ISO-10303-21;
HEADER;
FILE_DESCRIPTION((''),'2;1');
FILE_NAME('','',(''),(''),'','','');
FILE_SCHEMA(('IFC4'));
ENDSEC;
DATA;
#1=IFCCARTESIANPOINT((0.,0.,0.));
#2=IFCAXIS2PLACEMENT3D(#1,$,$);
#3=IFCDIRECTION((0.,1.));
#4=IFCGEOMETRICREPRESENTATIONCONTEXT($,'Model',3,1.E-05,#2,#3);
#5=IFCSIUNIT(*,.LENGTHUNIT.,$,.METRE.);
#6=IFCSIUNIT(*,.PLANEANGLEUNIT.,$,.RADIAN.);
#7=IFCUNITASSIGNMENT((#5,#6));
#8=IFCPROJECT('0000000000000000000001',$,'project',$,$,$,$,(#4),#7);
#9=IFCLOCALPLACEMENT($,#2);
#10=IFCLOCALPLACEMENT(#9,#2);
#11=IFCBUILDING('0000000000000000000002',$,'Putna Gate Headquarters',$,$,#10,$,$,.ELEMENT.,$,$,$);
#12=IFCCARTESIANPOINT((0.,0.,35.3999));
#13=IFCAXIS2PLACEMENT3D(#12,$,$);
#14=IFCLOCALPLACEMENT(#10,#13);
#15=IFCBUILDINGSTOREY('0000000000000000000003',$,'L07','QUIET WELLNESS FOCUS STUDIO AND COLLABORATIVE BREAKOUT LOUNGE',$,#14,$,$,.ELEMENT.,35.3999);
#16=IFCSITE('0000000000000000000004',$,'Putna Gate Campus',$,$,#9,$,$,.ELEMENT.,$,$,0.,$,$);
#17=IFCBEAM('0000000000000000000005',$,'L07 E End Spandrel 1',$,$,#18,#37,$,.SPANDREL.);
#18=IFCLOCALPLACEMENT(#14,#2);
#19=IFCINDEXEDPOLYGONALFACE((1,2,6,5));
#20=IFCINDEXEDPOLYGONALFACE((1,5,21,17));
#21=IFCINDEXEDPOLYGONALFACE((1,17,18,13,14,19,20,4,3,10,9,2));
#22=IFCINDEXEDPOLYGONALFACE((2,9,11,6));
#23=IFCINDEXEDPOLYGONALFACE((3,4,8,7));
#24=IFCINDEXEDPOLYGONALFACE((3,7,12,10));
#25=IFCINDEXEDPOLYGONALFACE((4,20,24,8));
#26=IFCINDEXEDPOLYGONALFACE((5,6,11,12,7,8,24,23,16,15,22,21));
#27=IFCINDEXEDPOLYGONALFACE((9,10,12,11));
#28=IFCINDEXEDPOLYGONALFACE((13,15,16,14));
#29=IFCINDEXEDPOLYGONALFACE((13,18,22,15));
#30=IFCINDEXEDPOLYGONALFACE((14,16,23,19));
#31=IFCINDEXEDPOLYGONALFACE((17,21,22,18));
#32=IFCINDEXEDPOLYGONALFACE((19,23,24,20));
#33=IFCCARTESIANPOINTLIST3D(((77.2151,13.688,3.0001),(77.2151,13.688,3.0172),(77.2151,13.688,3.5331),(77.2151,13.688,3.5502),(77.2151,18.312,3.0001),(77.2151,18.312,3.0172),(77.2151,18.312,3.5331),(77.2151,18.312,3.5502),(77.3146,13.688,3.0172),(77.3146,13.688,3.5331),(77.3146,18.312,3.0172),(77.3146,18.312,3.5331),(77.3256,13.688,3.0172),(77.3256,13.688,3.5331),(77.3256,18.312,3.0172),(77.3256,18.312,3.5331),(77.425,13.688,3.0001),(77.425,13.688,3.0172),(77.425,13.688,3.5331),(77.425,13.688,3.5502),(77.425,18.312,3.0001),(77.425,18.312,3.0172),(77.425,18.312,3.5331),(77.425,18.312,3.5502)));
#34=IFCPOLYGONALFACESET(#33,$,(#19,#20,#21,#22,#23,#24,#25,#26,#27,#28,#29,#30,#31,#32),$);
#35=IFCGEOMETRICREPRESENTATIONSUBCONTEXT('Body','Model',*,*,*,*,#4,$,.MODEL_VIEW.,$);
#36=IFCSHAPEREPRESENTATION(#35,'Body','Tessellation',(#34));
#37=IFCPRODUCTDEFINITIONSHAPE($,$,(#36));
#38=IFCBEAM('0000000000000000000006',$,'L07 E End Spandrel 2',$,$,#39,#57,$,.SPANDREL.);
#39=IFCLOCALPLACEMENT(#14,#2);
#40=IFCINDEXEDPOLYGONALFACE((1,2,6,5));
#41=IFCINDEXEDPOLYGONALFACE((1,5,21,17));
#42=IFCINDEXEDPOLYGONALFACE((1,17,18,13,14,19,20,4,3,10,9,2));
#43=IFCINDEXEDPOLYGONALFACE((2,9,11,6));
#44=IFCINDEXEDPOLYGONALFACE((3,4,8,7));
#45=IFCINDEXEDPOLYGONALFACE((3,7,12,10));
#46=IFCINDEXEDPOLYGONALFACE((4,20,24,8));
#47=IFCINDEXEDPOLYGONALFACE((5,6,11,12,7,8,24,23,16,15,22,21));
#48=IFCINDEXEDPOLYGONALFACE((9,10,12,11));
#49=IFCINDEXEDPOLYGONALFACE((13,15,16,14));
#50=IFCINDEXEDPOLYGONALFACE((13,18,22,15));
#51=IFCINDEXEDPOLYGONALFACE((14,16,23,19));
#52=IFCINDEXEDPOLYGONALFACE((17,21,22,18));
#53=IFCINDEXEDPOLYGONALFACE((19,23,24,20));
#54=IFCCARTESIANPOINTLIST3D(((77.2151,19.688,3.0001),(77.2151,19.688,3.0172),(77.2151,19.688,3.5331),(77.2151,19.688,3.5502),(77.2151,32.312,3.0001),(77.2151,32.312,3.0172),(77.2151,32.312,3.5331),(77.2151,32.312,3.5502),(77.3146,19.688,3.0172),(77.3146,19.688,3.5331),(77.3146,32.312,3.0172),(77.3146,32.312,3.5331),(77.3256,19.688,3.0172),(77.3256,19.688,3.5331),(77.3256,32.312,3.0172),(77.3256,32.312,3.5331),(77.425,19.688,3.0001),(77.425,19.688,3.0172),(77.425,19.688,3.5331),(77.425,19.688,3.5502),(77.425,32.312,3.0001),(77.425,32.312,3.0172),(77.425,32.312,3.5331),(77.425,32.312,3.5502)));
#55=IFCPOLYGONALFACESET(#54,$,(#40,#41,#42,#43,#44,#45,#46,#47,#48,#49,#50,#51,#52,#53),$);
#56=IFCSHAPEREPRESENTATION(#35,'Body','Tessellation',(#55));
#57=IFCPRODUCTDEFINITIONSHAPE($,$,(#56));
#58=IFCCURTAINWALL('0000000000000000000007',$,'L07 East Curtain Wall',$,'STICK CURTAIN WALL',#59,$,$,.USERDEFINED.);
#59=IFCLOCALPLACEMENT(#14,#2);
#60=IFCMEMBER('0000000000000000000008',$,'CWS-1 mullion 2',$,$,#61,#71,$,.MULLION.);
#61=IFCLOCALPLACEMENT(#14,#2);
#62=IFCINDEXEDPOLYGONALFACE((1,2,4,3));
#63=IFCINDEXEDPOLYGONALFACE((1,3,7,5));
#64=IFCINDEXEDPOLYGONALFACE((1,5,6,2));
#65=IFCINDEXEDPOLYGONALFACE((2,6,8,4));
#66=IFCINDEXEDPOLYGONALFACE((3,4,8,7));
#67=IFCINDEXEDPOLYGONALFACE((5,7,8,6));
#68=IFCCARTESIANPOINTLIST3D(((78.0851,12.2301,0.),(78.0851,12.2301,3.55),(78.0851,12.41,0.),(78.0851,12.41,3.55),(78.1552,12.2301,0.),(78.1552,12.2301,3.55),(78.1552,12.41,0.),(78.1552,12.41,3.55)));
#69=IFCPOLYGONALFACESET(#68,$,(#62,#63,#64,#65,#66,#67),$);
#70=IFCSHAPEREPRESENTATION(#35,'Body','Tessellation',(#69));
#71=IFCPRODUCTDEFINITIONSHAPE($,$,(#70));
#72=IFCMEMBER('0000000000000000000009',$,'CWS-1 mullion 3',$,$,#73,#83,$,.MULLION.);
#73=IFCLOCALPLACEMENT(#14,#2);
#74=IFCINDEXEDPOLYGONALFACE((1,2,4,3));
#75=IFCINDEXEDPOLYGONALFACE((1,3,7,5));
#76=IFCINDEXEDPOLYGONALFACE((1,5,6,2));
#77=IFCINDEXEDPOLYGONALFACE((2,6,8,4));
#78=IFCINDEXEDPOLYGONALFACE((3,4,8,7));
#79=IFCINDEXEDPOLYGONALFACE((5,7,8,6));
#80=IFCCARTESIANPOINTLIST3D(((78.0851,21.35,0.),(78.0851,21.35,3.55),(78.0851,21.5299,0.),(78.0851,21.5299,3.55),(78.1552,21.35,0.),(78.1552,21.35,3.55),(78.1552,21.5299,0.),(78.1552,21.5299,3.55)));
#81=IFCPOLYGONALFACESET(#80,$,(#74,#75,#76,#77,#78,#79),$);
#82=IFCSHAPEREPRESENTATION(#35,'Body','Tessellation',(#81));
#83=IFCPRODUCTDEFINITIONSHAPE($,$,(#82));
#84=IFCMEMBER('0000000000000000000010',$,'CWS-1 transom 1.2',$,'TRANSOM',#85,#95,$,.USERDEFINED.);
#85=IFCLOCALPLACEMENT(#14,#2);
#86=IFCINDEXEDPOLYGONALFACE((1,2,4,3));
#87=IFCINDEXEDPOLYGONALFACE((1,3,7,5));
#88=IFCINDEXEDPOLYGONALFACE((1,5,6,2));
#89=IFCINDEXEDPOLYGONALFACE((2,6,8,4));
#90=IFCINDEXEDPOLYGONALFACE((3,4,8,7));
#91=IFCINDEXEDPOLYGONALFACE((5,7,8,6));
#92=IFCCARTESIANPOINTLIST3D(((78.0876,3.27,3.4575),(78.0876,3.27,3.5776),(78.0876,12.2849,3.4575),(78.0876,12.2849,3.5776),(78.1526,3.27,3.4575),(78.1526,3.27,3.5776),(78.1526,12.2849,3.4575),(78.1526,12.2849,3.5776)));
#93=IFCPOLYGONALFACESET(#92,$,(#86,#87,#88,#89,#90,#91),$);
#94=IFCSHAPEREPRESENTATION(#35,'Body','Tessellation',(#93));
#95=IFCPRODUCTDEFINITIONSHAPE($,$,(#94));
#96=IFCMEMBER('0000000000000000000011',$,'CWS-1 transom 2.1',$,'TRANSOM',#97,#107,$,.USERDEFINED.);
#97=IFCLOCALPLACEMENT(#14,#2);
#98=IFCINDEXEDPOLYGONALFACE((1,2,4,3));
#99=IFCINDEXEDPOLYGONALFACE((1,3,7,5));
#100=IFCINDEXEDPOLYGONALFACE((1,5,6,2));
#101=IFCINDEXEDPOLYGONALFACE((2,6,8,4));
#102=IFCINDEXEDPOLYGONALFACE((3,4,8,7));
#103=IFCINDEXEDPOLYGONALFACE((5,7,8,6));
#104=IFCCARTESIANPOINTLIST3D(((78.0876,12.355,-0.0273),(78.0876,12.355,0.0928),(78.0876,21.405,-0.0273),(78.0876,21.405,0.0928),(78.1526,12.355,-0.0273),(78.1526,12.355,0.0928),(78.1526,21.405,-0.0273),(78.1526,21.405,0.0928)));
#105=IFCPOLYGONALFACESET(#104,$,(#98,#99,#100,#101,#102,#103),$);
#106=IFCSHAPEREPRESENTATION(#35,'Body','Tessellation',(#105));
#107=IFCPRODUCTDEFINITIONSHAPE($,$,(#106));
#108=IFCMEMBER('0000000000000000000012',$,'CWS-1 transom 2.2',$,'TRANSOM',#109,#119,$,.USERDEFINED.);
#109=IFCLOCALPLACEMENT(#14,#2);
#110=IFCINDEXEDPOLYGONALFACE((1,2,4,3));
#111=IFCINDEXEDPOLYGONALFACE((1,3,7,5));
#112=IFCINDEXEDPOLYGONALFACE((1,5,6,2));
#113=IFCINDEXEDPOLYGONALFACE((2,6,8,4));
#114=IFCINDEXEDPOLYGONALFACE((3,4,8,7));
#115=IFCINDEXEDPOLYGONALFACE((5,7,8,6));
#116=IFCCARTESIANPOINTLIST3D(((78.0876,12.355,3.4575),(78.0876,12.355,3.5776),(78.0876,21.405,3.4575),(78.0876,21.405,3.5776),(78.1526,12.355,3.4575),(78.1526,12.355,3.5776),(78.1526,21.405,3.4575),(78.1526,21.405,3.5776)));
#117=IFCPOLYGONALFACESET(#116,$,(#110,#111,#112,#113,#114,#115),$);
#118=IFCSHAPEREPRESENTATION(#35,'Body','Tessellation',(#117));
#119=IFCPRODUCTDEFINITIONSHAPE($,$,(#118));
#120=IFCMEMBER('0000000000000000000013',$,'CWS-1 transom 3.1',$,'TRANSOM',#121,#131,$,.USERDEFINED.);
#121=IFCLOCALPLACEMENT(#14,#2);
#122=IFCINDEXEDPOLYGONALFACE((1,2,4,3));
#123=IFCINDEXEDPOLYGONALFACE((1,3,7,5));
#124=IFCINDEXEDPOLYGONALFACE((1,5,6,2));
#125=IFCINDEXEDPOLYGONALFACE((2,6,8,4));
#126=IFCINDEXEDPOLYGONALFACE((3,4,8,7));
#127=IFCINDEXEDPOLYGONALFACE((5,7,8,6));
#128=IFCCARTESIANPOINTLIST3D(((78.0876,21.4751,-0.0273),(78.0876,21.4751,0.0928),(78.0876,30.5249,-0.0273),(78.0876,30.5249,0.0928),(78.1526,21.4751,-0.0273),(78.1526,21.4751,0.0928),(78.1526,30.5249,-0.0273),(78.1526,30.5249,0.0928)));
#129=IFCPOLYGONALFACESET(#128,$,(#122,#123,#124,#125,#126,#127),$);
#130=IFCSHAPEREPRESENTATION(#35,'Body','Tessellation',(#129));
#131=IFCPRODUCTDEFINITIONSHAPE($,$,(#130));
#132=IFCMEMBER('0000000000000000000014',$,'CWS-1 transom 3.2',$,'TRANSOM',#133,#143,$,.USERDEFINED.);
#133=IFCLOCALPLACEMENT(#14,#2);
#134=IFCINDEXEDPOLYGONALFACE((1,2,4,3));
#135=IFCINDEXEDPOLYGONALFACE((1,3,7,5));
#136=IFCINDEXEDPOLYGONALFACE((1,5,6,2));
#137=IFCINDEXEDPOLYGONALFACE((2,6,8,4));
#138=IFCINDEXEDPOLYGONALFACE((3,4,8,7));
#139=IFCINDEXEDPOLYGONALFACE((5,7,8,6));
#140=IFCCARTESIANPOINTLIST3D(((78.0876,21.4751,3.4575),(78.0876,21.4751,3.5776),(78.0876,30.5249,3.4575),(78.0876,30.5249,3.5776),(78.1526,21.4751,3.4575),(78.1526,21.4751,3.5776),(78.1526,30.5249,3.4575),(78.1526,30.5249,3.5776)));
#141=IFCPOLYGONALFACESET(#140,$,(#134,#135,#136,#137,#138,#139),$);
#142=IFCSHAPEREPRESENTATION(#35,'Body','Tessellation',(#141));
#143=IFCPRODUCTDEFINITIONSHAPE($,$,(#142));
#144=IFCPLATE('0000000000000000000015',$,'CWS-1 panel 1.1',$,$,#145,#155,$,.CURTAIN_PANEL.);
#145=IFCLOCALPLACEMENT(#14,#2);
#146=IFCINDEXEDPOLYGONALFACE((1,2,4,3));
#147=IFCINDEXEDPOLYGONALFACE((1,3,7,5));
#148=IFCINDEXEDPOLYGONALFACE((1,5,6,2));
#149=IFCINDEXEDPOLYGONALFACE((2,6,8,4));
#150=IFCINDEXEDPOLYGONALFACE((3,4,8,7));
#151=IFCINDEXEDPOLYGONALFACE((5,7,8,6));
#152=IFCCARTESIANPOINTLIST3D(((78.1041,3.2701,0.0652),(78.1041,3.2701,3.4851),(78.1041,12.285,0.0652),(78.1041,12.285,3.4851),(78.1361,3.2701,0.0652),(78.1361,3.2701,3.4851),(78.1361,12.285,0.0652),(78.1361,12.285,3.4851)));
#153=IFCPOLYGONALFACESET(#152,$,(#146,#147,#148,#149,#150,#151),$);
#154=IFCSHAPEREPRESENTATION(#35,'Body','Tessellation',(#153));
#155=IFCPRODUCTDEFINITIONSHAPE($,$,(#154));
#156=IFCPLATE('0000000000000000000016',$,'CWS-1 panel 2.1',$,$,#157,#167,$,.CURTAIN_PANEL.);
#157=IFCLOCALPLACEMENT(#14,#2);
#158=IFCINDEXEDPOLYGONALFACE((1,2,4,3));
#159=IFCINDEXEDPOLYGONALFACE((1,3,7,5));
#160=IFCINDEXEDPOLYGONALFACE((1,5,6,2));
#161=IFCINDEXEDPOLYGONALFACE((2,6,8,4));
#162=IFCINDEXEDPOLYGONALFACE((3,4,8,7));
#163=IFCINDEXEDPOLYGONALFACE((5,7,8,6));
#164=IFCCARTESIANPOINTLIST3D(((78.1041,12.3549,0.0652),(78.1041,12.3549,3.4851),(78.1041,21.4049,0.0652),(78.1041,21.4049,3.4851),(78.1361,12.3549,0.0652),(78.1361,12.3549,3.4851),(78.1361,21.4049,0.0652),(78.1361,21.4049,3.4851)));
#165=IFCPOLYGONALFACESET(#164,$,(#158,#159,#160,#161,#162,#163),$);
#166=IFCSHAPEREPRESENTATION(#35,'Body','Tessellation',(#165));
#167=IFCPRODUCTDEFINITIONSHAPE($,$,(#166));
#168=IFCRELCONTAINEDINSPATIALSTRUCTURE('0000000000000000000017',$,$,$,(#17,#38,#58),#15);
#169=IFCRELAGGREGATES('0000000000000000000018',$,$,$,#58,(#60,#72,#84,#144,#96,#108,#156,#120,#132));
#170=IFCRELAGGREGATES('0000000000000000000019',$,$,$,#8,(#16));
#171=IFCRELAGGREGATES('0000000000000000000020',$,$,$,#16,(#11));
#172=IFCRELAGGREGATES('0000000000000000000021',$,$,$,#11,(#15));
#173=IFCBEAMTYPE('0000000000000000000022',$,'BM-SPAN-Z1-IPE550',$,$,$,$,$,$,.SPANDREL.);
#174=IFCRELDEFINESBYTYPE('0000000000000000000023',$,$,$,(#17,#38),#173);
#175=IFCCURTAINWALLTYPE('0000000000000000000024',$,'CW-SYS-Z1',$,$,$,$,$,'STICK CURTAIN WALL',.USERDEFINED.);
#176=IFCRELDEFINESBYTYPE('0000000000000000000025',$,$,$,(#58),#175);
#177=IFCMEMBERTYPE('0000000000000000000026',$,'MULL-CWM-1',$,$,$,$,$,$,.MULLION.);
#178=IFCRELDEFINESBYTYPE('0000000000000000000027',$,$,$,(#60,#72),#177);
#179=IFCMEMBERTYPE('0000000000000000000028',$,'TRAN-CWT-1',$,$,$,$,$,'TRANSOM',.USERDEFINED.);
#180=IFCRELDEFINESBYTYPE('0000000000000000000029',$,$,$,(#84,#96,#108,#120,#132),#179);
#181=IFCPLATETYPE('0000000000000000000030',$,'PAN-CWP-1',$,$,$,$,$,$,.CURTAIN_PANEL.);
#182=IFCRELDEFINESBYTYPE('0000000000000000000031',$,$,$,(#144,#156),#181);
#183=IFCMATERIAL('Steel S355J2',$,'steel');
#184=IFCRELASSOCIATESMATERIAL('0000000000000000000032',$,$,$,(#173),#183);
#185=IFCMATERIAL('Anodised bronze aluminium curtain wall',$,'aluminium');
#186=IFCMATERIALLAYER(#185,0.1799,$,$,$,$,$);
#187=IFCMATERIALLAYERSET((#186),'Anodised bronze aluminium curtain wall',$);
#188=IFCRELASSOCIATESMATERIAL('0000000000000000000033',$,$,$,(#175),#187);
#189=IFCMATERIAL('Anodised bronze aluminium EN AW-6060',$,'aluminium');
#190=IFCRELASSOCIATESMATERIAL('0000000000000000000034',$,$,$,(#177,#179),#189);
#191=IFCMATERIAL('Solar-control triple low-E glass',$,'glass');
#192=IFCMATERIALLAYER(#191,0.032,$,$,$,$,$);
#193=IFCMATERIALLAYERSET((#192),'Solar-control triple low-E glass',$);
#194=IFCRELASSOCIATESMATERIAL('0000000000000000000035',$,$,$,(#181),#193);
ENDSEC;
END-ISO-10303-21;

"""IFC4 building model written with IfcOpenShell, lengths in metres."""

from ifc_helpers import new_model, si_unit, direction, frame, origin, origin_2d, place, context, subcontext, project, spatial, rectangle, i_section, extrude, material, layer, layer_set, material_profile, profile_set, type_object, element, aggregate, save


model = new_model("IFC4")

# Units and contexts
model_context = context("Model", 3, precision=1e-05, world=origin(), true_north=direction((0.0, 1.0)))
body_context = subcontext(model_context, "Body", "Model", "MODEL_VIEW")
ifc_project = project(units=[si_unit("LENGTHUNIT", "METRE"), si_unit("PLANEANGLEUNIT", "RADIAN")], contexts=[model_context])

# Site, building, storey
site_placement = place(None, origin())
site = spatial("IfcSite", under=ifc_project, at=site_placement, Name="Putna Gate Campus", CompositionType="ELEMENT", RefElevation=0.0)
building_placement = place(site_placement, origin())
building = spatial("IfcBuilding", under=site, at=building_placement, Name="Putna Gate Headquarters", CompositionType="ELEMENT")
storey_placement = place(building_placement, frame((0.0, 0.0, 35.3999)))
storey = spatial("IfcBuildingStorey", under=building, at=storey_placement, Name="L07", Description="QUIET WELLNESS FOCUS STUDIO AND COLLABORATIVE BREAKOUT LOUNGE", CompositionType="ELEMENT", Elevation=35.3999)

# Beams
ifc_material_1 = material(Name="Steel S355J2", Category="steel")
ifc_material_profile_1 = material_profile(ifc_material_1, i_section(OverallWidth=0.21, OverallDepth=0.55, WebThickness=0.011, FlangeThickness=0.0171, at=origin_2d()), Name="Steel S355J2")
ifc_profile_set_1 = profile_set([ifc_material_profile_1], Name="Steel S355J2")
beam_type_1 = type_object("IfcBeamType", Name="BM-SPAN-Z1-IPE550", PredefinedType="SPANDREL", material=ifc_profile_set_1)
beam_1_placement = place(storey_placement, frame((77.3201, 13.688, 3.2751), z_axis=(0.0, 1.0, 0.0), x_axis=(-1.0, 0.0, 0.0)))
element("IfcBeam", 1, at=beam_1_placement, inside=storey, type_object=beam_type_1, Name="L07 E End Spandrel 1", PredefinedType="SPANDREL", context=body_context, shape_type="SweptSolid", body=[
    extrude(i_section(OverallWidth=0.21, OverallDepth=0.55, WebThickness=0.011, FlangeThickness=0.0171, at=origin_2d()), origin(), (0.0, 0.0, 1.0), 4.624),
])
beam_2_placement = place(storey_placement, frame((77.3201, 19.688, 3.2751), z_axis=(0.0, 1.0, 0.0), x_axis=(-1.0, 0.0, 0.0)))
element("IfcBeam", 2, at=beam_2_placement, inside=storey, type_object=beam_type_1, Name="L07 E End Spandrel 2", PredefinedType="SPANDREL", context=body_context, shape_type="SweptSolid", body=[
    extrude(i_section(OverallWidth=0.21, OverallDepth=0.55, WebThickness=0.011, FlangeThickness=0.0171, at=origin_2d()), origin(), (0.0, 0.0, 1.0), 12.624),
])

# Curtain wall, members, plates
ifc_material_2 = material(Name="Anodised bronze aluminium curtain wall", Category="aluminium")
ifc_layer_1 = layer(ifc_material_2, 0.1799)
ifc_layer_set_1 = layer_set([ifc_layer_1], Name="Anodised bronze aluminium curtain wall")
curtain_wall_type = type_object("IfcCurtainWallType", Name="CW-SYS-Z1", ElementType="STICK CURTAIN WALL", PredefinedType="USERDEFINED", material=ifc_layer_set_1)
curtain_wall_placement = place(storey_placement, origin())
curtain_wall = element("IfcCurtainWall", 3, at=curtain_wall_placement, inside=storey, type_object=curtain_wall_type, Name="L07 East Curtain Wall", ObjectType="STICK CURTAIN WALL", PredefinedType="USERDEFINED")
ifc_material_3 = material(Name="Anodised bronze aluminium EN AW-6060", Category="aluminium")
ifc_material_profile_2 = material_profile(ifc_material_3, rectangle(XDim=0.0701, YDim=0.1799, at=origin_2d()), Name="Anodised bronze aluminium EN AW-6060")
ifc_profile_set_2 = profile_set([ifc_material_profile_2], Name="Anodised bronze aluminium EN AW-6060")
member_type_1 = type_object("IfcMemberType", Name="MULL-CWM-1", PredefinedType="MULLION", material=ifc_profile_set_2)
member_1_placement = place(storey_placement, frame((78.1201, 12.3201, 0.0), z_axis=(0.0, 0.0, 1.0), x_axis=(-1.0, 0.0, 0.0)))
member_1 = element("IfcMember", 4, at=member_1_placement, type_object=member_type_1, Name="CWS-1 mullion 2", PredefinedType="MULLION", context=body_context, shape_type="SweptSolid", body=[
    extrude(rectangle(XDim=0.0701, YDim=0.1799, at=origin_2d()), origin(), (0.0, 0.0, 1.0), 3.55),
])
member_2_placement = place(storey_placement, frame((78.1201, 21.4399, 0.0), z_axis=(0.0, 0.0, 1.0), x_axis=(-1.0, 0.0, 0.0)))
member_2 = element("IfcMember", 5, at=member_2_placement, type_object=member_type_1, Name="CWS-1 mullion 3", PredefinedType="MULLION", context=body_context, shape_type="SweptSolid", body=[
    extrude(rectangle(XDim=0.0701, YDim=0.1799, at=origin_2d()), origin(), (0.0, 0.0, 1.0), 3.55),
])
ifc_material_profile_3 = material_profile(ifc_material_3, rectangle(XDim=0.0649, YDim=0.1201, at=origin_2d()), Name="Anodised bronze aluminium EN AW-6060")
ifc_profile_set_3 = profile_set([ifc_material_profile_3], Name="Anodised bronze aluminium EN AW-6060")
member_type_2 = type_object("IfcMemberType", Name="TRAN-CWT-1", ElementType="TRANSOM", PredefinedType="USERDEFINED", material=ifc_profile_set_3)
member_3_placement = place(storey_placement, frame((78.1201, 3.27, 3.5176), z_axis=(0.0, 1.0, 0.0), x_axis=(-1.0, 0.0, 0.0)))
member_3 = element("IfcMember", 6, at=member_3_placement, type_object=member_type_2, Name="CWS-1 transom 1.2", ObjectType="TRANSOM", PredefinedType="USERDEFINED", context=body_context, shape_type="SweptSolid", body=[
    extrude(rectangle(XDim=0.0649, YDim=0.1201, at=origin_2d()), origin(), (0.0, 0.0, 1.0), 9.0149),
])
member_4_placement = place(storey_placement, frame((78.1201, 12.355, 0.0327), z_axis=(0.0, 1.0, 0.0), x_axis=(-1.0, 0.0, 0.0)))
member_4 = element("IfcMember", 7, at=member_4_placement, type_object=member_type_2, Name="CWS-1 transom 2.1", ObjectType="TRANSOM", PredefinedType="USERDEFINED", context=body_context, shape_type="SweptSolid", body=[
    extrude(rectangle(XDim=0.0649, YDim=0.1201, at=origin_2d()), origin(), (0.0, 0.0, 1.0), 9.05),
])
member_5_placement = place(storey_placement, frame((78.1201, 12.355, 3.5176), z_axis=(0.0, 1.0, 0.0), x_axis=(-1.0, 0.0, 0.0)))
member_5 = element("IfcMember", 8, at=member_5_placement, type_object=member_type_2, Name="CWS-1 transom 2.2", ObjectType="TRANSOM", PredefinedType="USERDEFINED", context=body_context, shape_type="SweptSolid", body=[
    extrude(rectangle(XDim=0.0649, YDim=0.1201, at=origin_2d()), origin(), (0.0, 0.0, 1.0), 9.05),
])
member_6_placement = place(storey_placement, frame((78.1201, 21.4751, 0.0327), z_axis=(0.0, 1.0, 0.0), x_axis=(-1.0, 0.0, 0.0)))
member_6 = element("IfcMember", 9, at=member_6_placement, type_object=member_type_2, Name="CWS-1 transom 3.1", ObjectType="TRANSOM", PredefinedType="USERDEFINED", context=body_context, shape_type="SweptSolid", body=[
    extrude(rectangle(XDim=0.0649, YDim=0.1201, at=origin_2d()), origin(), (0.0, 0.0, 1.0), 9.0498),
])
member_7_placement = place(storey_placement, frame((78.1201, 21.4751, 3.5176), z_axis=(0.0, 1.0, 0.0), x_axis=(-1.0, 0.0, 0.0)))
member_7 = element("IfcMember", 10, at=member_7_placement, type_object=member_type_2, Name="CWS-1 transom 3.2", ObjectType="TRANSOM", PredefinedType="USERDEFINED", context=body_context, shape_type="SweptSolid", body=[
    extrude(rectangle(XDim=0.0649, YDim=0.1201, at=origin_2d()), origin(), (0.0, 0.0, 1.0), 9.0498),
])
ifc_material_4 = material(Name="Solar-control triple low-E glass", Category="glass")
ifc_layer_2 = layer(ifc_material_4, 0.032)
ifc_layer_set_2 = layer_set([ifc_layer_2], Name="Solar-control triple low-E glass")
plate_type = type_object("IfcPlateType", Name="PAN-CWP-1", PredefinedType="CURTAIN_PANEL", material=ifc_layer_set_2)
plate_1_placement = place(storey_placement, frame((78.1201, 7.7776, 0.0652), z_axis=(0.0, 0.0, 1.0), x_axis=(0.0, 1.0, 0.0)))
plate_1 = element("IfcPlate", 11, at=plate_1_placement, type_object=plate_type, Name="CWS-1 panel 1.1", PredefinedType="CURTAIN_PANEL", context=body_context, shape_type="SweptSolid", body=[
    extrude(rectangle(XDim=9.0149, YDim=0.032, at=origin_2d()), origin(), (0.0, 0.0, 1.0), 3.4199),
])
plate_2_placement = place(storey_placement, frame((78.1201, 16.8799, 0.0652), z_axis=(0.0, 0.0, 1.0), x_axis=(0.0, 1.0, 0.0)))
plate_2 = element("IfcPlate", 12, at=plate_2_placement, type_object=plate_type, Name="CWS-1 panel 2.1", PredefinedType="CURTAIN_PANEL", context=body_context, shape_type="SweptSolid", body=[
    extrude(rectangle(XDim=9.05, YDim=0.032, at=origin_2d()), origin(), (0.0, 0.0, 1.0), 3.4199),
])
aggregate(curtain_wall, [member_1, member_2, member_3, plate_1, member_4, member_5, plate_2, member_6, member_7])

save(model, "model.ifc")
